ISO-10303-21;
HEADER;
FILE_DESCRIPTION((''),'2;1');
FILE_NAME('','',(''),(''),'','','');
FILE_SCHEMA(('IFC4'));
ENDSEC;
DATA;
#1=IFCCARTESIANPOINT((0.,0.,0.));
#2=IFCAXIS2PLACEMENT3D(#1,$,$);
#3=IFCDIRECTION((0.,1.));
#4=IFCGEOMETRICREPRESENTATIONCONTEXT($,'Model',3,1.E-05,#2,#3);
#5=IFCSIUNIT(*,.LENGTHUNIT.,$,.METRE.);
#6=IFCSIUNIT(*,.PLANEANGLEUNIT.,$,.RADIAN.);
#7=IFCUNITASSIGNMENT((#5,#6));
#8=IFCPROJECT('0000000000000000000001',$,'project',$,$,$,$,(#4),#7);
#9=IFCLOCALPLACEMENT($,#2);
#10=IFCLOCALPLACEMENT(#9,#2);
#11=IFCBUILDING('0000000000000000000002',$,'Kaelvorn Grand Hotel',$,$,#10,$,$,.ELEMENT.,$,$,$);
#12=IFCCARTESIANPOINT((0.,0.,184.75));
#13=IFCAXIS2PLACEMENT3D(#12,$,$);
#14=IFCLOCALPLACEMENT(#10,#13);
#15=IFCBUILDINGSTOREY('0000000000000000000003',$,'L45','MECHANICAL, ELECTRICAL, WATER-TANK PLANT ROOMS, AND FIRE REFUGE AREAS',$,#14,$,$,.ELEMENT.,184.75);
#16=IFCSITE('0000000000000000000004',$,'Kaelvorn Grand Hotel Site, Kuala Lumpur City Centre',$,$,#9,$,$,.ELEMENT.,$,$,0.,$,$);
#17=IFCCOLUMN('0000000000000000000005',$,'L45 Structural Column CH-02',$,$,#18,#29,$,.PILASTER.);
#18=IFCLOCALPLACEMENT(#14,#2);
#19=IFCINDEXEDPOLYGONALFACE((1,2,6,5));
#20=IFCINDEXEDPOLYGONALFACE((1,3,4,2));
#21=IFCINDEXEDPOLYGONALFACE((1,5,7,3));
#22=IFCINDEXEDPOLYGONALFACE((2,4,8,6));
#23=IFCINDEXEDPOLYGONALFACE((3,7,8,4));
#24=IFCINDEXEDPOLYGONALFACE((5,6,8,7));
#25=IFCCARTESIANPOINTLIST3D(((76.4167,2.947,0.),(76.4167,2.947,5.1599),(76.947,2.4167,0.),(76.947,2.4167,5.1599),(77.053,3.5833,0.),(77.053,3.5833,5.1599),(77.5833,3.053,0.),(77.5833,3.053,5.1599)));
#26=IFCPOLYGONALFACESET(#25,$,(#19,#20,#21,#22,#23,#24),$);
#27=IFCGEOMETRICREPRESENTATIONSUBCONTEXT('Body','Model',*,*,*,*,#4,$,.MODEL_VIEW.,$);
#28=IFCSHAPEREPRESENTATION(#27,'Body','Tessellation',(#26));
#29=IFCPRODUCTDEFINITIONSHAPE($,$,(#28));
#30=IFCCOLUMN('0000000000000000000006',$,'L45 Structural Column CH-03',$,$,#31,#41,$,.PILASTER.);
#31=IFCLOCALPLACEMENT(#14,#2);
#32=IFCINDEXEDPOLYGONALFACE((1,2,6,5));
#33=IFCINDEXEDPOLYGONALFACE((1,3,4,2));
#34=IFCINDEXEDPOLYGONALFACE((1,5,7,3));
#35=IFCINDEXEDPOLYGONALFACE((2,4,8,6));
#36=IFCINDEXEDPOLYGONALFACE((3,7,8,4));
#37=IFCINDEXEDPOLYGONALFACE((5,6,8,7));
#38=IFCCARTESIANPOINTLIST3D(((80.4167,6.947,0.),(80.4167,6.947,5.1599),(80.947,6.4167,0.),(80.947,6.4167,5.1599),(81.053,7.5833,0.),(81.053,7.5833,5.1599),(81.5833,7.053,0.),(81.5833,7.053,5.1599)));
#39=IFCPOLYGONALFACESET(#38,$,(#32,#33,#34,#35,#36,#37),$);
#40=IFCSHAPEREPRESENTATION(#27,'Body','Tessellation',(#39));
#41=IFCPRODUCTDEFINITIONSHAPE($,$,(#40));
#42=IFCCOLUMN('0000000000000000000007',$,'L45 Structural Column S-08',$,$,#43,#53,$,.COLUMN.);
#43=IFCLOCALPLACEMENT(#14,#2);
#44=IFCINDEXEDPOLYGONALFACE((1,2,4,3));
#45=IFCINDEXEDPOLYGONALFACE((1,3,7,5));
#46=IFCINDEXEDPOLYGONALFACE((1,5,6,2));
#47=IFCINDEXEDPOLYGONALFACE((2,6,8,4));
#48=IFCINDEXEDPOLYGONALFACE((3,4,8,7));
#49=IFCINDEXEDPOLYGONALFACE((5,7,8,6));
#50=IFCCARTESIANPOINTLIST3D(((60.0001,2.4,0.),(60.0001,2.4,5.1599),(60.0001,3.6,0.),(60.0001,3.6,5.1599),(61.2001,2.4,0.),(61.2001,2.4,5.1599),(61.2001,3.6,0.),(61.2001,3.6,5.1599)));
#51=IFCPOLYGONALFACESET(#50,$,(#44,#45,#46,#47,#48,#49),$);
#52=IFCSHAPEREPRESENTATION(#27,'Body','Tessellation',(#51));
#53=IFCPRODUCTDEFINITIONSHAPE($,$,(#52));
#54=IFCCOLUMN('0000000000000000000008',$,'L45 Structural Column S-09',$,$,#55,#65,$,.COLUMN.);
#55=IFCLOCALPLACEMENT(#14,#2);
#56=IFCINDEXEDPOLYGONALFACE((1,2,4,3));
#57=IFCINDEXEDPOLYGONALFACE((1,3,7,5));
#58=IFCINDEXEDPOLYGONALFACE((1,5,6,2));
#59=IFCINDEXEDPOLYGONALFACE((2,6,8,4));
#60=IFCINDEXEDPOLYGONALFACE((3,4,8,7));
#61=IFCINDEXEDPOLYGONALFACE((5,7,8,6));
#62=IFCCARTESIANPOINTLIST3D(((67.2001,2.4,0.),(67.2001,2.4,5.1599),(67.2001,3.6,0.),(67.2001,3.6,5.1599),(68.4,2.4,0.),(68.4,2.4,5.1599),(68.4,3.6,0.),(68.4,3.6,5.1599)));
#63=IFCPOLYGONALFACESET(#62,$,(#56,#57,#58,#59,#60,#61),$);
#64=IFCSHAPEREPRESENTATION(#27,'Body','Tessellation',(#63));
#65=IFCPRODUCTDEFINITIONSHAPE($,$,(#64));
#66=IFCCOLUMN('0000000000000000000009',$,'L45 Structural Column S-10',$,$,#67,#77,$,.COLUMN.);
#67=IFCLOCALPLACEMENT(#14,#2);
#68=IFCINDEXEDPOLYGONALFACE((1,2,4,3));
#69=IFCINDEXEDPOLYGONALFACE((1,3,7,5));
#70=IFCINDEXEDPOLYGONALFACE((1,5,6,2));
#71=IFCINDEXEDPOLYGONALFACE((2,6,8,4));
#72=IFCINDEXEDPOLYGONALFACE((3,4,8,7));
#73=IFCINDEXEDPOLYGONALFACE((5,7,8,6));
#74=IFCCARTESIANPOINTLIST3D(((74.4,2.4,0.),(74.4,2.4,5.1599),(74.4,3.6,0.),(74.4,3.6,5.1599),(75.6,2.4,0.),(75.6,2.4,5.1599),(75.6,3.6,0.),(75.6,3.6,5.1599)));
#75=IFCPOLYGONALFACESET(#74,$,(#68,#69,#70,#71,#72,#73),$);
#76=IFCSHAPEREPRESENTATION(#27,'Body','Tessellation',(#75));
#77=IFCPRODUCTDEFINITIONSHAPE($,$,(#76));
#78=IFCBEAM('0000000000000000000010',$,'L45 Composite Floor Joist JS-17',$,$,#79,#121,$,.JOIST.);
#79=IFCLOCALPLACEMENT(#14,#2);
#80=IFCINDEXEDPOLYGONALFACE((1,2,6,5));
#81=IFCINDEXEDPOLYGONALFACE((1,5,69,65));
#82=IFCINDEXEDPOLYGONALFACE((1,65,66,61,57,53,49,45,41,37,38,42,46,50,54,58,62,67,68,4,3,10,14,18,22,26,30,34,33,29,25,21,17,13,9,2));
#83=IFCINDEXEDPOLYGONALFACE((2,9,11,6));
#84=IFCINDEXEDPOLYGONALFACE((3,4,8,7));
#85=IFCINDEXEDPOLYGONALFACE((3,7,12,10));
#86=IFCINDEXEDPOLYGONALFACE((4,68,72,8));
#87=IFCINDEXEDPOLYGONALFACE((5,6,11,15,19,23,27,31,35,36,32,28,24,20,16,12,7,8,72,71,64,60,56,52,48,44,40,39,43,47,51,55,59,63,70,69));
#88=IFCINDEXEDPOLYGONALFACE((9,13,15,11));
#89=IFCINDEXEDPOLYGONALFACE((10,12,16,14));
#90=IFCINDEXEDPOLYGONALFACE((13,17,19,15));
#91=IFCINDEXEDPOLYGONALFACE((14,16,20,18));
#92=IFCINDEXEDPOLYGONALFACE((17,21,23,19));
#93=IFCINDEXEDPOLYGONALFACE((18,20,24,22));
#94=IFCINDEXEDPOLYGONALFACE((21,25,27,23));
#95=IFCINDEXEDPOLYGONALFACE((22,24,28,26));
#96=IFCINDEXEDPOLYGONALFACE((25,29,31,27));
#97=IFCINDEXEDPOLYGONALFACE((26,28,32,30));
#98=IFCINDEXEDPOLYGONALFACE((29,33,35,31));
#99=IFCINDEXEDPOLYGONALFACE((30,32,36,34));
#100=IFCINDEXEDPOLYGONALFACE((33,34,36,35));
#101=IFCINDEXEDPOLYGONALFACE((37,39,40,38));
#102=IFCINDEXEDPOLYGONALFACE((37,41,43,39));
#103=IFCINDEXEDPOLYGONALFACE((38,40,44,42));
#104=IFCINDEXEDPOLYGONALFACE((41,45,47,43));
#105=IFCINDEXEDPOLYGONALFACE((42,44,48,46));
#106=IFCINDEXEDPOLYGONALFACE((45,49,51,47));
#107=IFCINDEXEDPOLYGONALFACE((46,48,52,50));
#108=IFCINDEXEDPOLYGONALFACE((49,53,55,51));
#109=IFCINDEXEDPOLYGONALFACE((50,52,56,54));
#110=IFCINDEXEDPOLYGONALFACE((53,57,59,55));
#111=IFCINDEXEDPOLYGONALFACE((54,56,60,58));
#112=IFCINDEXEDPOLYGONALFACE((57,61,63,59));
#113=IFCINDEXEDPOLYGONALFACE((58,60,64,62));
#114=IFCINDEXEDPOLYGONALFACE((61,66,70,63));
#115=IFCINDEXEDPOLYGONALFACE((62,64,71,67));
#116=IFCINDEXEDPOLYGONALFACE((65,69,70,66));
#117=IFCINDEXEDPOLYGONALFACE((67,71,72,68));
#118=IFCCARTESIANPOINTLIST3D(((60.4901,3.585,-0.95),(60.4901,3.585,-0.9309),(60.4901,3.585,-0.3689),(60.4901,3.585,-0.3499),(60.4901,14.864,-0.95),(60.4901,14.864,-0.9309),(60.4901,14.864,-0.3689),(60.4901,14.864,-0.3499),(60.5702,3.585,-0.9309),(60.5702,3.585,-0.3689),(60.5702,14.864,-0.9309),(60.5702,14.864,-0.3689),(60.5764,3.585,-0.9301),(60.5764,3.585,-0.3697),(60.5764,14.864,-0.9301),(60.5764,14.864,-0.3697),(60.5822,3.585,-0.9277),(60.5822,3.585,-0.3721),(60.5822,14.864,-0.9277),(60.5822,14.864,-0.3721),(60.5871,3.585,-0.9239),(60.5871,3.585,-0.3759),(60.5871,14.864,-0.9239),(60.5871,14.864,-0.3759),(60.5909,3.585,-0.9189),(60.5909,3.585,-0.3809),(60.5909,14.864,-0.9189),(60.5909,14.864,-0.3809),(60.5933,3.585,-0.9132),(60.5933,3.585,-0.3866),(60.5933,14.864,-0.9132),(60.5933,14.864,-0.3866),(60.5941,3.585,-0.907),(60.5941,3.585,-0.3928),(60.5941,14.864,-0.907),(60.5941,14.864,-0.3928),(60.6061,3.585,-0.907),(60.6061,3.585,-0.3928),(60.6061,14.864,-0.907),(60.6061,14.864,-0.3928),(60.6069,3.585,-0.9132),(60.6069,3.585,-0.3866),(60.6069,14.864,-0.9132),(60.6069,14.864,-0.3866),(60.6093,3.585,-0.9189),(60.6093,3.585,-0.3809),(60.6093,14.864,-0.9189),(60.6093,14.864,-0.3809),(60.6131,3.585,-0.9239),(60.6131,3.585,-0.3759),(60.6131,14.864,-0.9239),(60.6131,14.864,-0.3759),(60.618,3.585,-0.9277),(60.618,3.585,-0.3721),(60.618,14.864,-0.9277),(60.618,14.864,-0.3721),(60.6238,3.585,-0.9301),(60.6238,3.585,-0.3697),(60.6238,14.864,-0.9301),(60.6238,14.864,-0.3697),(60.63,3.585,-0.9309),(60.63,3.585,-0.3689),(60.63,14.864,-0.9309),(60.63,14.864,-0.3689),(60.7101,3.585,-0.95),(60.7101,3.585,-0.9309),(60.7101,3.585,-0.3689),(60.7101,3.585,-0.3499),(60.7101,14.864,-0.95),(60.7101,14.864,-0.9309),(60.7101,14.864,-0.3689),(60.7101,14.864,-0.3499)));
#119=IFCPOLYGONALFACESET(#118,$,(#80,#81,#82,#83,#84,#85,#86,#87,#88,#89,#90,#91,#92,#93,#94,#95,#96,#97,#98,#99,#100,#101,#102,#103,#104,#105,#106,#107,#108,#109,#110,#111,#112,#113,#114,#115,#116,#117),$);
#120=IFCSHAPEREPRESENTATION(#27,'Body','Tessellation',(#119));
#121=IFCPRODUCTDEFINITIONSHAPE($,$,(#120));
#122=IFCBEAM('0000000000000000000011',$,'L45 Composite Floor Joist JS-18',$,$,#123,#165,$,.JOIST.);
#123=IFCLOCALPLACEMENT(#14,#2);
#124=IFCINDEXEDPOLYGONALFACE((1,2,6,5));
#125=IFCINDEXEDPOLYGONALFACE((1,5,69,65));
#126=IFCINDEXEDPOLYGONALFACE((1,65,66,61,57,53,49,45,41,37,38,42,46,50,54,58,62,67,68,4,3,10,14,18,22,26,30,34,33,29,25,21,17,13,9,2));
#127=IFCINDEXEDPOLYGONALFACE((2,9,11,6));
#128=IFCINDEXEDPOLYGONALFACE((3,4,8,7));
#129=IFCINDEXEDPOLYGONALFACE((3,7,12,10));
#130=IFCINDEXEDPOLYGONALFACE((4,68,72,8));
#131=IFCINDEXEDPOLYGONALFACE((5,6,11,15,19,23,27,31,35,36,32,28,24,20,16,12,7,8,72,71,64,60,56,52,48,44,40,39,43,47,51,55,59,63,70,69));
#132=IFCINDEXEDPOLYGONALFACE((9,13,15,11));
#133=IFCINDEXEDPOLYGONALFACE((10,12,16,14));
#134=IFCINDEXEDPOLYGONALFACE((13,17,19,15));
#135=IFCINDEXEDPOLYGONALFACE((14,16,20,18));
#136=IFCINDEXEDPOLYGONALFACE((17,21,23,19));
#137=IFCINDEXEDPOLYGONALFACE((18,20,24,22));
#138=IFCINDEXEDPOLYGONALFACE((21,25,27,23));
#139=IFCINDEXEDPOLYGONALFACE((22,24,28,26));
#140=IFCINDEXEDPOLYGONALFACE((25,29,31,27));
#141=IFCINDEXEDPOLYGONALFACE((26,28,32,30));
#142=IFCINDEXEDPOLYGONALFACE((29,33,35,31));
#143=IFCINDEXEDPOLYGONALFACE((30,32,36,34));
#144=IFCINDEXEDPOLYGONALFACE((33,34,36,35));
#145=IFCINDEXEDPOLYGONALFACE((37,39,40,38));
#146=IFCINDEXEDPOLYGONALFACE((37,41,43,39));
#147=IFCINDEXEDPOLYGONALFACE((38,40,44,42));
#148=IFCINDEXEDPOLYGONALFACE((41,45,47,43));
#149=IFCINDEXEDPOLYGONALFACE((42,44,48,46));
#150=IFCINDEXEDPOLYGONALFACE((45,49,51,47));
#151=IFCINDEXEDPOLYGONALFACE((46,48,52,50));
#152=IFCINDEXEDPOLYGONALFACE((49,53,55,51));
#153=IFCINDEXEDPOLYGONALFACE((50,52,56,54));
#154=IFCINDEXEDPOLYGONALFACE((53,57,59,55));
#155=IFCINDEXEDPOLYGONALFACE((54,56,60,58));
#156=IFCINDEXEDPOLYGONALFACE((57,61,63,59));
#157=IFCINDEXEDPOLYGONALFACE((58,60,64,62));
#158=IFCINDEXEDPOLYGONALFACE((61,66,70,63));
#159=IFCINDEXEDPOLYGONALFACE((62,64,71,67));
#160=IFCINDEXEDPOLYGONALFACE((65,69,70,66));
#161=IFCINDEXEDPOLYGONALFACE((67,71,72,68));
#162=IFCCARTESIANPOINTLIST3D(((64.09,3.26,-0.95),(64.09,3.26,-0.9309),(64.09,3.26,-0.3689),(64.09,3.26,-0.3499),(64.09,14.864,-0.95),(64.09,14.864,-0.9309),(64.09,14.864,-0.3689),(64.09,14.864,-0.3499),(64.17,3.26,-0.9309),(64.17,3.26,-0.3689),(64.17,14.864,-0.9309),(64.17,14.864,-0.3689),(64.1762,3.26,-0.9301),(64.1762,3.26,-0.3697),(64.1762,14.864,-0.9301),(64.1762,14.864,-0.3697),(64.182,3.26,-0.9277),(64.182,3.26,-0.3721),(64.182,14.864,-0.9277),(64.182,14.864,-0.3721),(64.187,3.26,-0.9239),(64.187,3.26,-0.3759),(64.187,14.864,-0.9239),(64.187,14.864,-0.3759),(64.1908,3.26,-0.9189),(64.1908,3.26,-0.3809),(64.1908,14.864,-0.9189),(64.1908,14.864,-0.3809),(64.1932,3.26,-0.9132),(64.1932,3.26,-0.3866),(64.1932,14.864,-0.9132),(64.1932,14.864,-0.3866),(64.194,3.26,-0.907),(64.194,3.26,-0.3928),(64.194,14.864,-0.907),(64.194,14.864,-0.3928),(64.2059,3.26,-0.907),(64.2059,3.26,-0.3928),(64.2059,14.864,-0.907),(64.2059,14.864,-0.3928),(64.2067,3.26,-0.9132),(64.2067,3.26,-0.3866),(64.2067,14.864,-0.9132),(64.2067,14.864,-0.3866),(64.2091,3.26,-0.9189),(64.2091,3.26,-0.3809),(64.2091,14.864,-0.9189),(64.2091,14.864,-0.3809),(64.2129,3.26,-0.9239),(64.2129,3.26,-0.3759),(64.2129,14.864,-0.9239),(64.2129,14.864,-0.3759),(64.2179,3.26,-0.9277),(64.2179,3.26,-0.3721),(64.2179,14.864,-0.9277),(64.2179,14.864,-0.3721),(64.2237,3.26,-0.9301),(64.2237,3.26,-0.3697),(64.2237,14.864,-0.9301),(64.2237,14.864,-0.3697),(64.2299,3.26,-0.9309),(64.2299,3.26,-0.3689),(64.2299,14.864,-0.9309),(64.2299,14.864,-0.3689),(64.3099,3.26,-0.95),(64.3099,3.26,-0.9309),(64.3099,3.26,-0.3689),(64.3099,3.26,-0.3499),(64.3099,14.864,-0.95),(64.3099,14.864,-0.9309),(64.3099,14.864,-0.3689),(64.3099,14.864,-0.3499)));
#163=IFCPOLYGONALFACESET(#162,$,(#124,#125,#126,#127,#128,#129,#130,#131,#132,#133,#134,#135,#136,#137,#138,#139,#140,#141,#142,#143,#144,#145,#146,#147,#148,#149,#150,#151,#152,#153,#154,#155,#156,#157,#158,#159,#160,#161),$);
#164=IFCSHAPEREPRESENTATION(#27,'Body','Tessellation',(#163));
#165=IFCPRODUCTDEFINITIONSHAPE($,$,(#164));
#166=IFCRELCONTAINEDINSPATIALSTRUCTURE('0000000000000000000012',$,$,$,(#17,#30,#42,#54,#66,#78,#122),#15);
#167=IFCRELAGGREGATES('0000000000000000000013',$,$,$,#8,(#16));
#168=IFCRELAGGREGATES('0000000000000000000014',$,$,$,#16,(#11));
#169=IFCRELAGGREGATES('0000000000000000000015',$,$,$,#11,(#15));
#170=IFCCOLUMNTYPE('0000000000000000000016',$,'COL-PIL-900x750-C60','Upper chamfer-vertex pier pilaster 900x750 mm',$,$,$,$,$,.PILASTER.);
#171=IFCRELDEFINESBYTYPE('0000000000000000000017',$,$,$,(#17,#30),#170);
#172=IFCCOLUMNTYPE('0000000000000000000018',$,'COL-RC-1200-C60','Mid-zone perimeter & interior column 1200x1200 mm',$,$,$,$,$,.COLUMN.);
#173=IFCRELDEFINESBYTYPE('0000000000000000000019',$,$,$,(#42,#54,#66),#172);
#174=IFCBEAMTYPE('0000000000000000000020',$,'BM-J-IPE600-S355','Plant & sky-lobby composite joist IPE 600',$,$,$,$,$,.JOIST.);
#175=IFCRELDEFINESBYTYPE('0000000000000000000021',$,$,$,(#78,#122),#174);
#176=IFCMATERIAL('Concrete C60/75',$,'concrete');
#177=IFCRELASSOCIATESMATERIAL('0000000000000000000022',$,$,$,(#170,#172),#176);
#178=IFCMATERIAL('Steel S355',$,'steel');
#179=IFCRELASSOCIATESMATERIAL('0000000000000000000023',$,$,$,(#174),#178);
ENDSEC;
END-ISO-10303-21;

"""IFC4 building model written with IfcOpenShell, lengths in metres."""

from ifc_helpers import new_model, si_unit, direction, frame, origin, origin_2d, place, context, subcontext, project, spatial, rectangle, i_section, extrude, material, material_profile, profile_set, type_object, element, save


model = new_model("IFC4")

# Units and contexts
model_context = context("Model", 3, precision=1e-05, world=origin(), true_north=direction((0.0, 1.0)))
body_context = subcontext(model_context, "Body", "Model", "MODEL_VIEW")
ifc_project = project(units=[si_unit("LENGTHUNIT", "METRE"), si_unit("PLANEANGLEUNIT", "RADIAN")], contexts=[model_context])

# Site, building, storey
site_placement = place(None, origin())
site = spatial("IfcSite", under=ifc_project, at=site_placement, Name="Kaelvorn Grand Hotel Site, Kuala Lumpur City Centre", CompositionType="ELEMENT", RefElevation=0.0)
building_placement = place(site_placement, origin())
building = spatial("IfcBuilding", under=site, at=building_placement, Name="Kaelvorn Grand Hotel", CompositionType="ELEMENT")
storey_placement = place(building_placement, frame((0.0, 0.0, 184.75)))
storey = spatial("IfcBuildingStorey", under=building, at=storey_placement, Name="L45", Description="MECHANICAL, ELECTRICAL, WATER-TANK PLANT ROOMS, AND FIRE REFUGE AREAS", CompositionType="ELEMENT", Elevation=184.75)

# Columns
ifc_material_1 = material(Name="Concrete C60/75", Category="concrete")
ifc_material_profile_1 = material_profile(ifc_material_1, rectangle(XDim=0.8999, YDim=0.75, at=origin_2d()), Name="RC PILASTER 900x750")
ifc_profile_set_1 = profile_set([ifc_material_profile_1], Name="Concrete C60/75")
column_type_1 = type_object("IfcColumnType", Name="COL-PIL-900x750-C60", Description="Upper chamfer-vertex pier pilaster 900x750 mm", PredefinedType="PILASTER", material=ifc_profile_set_1)
for number, where, z_axis, x_axis, name in (
    (1, (77.0, 3.0, 0.0), (0.0, 0.0, 1.0), (0.707107, 0.707107, 0.0), "L45 Structural Column CH-02"),
    (2, (81.0, 7.0, 0.0), (0.0, 0.0, 1.0), (0.707107, 0.707107, 0.0), "L45 Structural Column CH-03"),
):
    element("IfcColumn", number, at=place(storey_placement, frame(where, z_axis=z_axis, x_axis=x_axis)), inside=storey, type_object=column_type_1, Name=name, PredefinedType="PILASTER", context=body_context, shape_type="SweptSolid", body=[
        extrude(rectangle(XDim=0.8999, YDim=0.75, at=origin_2d()), origin(), (0.0, 0.0, 1.0), 5.1599),
    ])
ifc_material_profile_2 = material_profile(ifc_material_1, rectangle(XDim=1.2, YDim=1.2, at=origin_2d()), Name="RC COL 1200x1200")
ifc_profile_set_2 = profile_set([ifc_material_profile_2], Name="Concrete C60/75")
column_type_2 = type_object("IfcColumnType", Name="COL-RC-1200-C60", Description="Mid-zone perimeter & interior column 1200x1200 mm", PredefinedType="COLUMN", material=ifc_profile_set_2)
for number, where, z_axis, x_axis, name in (
    (3, (60.6001, 3.0, 0.0), (0.0, 0.0, 1.0), (1.0, 0.0, 0.0), "L45 Structural Column S-08"),
    (4, (67.8, 3.0, 0.0), (0.0, 0.0, 1.0), (1.0, 0.0, 0.0), "L45 Structural Column S-09"),
    (5, (75.0, 3.0, 0.0), (0.0, 0.0, 1.0), (1.0, 0.0, 0.0), "L45 Structural Column S-10"),
):
    element("IfcColumn", number, at=place(storey_placement, frame(where, z_axis=z_axis, x_axis=x_axis)), inside=storey, type_object=column_type_2, Name=name, PredefinedType="COLUMN", context=body_context, shape_type="SweptSolid", body=[
        extrude(rectangle(XDim=1.2, YDim=1.2, at=origin_2d()), origin(), (0.0, 0.0, 1.0), 5.1599),
    ])

# Beams
ifc_material_2 = material(Name="Steel S355", Category="steel")
ifc_material_profile_3 = material_profile(ifc_material_2, i_section(OverallWidth=0.22, OverallDepth=0.6001, WebThickness=0.012, FlangeThickness=0.019, FilletRadius=0.0239, at=origin_2d()), Name="IPE 600")
ifc_profile_set_3 = profile_set([ifc_material_profile_3], Name="Steel S355")
beam_type_1 = type_object("IfcBeamType", Name="BM-J-IPE600-S355", Description="Plant & sky-lobby composite joist IPE 600", PredefinedType="JOIST", material=ifc_profile_set_3)
beam_1_placement = place(storey_placement, frame((60.6001, 3.585, -0.6499), z_axis=(0.0, 1.0, 0.0), x_axis=(-1.0, 0.0, 0.0)))
element("IfcBeam", 6, at=beam_1_placement, inside=storey, type_object=beam_type_1, Name="L45 Composite Floor Joist JS-17", PredefinedType="JOIST", context=body_context, shape_type="SweptSolid", body=[
    extrude(i_section(OverallWidth=0.22, OverallDepth=0.6001, WebThickness=0.012, FlangeThickness=0.019, FilletRadius=0.0239, at=origin_2d()), origin(), (0.0, 0.0, 1.0), 11.2791),
])
beam_2_placement = place(storey_placement, frame((64.2, 3.26, -0.6499), z_axis=(0.0, 1.0, 0.0), x_axis=(-1.0, 0.0, 0.0)))
element("IfcBeam", 7, at=beam_2_placement, inside=storey, type_object=beam_type_1, Name="L45 Composite Floor Joist JS-18", PredefinedType="JOIST", context=body_context, shape_type="SweptSolid", body=[
    extrude(i_section(OverallWidth=0.22, OverallDepth=0.6001, WebThickness=0.012, FlangeThickness=0.019, FilletRadius=0.0239, at=origin_2d()), origin(), (0.0, 0.0, 1.0), 11.604),
])

save(model, "model.ifc")
